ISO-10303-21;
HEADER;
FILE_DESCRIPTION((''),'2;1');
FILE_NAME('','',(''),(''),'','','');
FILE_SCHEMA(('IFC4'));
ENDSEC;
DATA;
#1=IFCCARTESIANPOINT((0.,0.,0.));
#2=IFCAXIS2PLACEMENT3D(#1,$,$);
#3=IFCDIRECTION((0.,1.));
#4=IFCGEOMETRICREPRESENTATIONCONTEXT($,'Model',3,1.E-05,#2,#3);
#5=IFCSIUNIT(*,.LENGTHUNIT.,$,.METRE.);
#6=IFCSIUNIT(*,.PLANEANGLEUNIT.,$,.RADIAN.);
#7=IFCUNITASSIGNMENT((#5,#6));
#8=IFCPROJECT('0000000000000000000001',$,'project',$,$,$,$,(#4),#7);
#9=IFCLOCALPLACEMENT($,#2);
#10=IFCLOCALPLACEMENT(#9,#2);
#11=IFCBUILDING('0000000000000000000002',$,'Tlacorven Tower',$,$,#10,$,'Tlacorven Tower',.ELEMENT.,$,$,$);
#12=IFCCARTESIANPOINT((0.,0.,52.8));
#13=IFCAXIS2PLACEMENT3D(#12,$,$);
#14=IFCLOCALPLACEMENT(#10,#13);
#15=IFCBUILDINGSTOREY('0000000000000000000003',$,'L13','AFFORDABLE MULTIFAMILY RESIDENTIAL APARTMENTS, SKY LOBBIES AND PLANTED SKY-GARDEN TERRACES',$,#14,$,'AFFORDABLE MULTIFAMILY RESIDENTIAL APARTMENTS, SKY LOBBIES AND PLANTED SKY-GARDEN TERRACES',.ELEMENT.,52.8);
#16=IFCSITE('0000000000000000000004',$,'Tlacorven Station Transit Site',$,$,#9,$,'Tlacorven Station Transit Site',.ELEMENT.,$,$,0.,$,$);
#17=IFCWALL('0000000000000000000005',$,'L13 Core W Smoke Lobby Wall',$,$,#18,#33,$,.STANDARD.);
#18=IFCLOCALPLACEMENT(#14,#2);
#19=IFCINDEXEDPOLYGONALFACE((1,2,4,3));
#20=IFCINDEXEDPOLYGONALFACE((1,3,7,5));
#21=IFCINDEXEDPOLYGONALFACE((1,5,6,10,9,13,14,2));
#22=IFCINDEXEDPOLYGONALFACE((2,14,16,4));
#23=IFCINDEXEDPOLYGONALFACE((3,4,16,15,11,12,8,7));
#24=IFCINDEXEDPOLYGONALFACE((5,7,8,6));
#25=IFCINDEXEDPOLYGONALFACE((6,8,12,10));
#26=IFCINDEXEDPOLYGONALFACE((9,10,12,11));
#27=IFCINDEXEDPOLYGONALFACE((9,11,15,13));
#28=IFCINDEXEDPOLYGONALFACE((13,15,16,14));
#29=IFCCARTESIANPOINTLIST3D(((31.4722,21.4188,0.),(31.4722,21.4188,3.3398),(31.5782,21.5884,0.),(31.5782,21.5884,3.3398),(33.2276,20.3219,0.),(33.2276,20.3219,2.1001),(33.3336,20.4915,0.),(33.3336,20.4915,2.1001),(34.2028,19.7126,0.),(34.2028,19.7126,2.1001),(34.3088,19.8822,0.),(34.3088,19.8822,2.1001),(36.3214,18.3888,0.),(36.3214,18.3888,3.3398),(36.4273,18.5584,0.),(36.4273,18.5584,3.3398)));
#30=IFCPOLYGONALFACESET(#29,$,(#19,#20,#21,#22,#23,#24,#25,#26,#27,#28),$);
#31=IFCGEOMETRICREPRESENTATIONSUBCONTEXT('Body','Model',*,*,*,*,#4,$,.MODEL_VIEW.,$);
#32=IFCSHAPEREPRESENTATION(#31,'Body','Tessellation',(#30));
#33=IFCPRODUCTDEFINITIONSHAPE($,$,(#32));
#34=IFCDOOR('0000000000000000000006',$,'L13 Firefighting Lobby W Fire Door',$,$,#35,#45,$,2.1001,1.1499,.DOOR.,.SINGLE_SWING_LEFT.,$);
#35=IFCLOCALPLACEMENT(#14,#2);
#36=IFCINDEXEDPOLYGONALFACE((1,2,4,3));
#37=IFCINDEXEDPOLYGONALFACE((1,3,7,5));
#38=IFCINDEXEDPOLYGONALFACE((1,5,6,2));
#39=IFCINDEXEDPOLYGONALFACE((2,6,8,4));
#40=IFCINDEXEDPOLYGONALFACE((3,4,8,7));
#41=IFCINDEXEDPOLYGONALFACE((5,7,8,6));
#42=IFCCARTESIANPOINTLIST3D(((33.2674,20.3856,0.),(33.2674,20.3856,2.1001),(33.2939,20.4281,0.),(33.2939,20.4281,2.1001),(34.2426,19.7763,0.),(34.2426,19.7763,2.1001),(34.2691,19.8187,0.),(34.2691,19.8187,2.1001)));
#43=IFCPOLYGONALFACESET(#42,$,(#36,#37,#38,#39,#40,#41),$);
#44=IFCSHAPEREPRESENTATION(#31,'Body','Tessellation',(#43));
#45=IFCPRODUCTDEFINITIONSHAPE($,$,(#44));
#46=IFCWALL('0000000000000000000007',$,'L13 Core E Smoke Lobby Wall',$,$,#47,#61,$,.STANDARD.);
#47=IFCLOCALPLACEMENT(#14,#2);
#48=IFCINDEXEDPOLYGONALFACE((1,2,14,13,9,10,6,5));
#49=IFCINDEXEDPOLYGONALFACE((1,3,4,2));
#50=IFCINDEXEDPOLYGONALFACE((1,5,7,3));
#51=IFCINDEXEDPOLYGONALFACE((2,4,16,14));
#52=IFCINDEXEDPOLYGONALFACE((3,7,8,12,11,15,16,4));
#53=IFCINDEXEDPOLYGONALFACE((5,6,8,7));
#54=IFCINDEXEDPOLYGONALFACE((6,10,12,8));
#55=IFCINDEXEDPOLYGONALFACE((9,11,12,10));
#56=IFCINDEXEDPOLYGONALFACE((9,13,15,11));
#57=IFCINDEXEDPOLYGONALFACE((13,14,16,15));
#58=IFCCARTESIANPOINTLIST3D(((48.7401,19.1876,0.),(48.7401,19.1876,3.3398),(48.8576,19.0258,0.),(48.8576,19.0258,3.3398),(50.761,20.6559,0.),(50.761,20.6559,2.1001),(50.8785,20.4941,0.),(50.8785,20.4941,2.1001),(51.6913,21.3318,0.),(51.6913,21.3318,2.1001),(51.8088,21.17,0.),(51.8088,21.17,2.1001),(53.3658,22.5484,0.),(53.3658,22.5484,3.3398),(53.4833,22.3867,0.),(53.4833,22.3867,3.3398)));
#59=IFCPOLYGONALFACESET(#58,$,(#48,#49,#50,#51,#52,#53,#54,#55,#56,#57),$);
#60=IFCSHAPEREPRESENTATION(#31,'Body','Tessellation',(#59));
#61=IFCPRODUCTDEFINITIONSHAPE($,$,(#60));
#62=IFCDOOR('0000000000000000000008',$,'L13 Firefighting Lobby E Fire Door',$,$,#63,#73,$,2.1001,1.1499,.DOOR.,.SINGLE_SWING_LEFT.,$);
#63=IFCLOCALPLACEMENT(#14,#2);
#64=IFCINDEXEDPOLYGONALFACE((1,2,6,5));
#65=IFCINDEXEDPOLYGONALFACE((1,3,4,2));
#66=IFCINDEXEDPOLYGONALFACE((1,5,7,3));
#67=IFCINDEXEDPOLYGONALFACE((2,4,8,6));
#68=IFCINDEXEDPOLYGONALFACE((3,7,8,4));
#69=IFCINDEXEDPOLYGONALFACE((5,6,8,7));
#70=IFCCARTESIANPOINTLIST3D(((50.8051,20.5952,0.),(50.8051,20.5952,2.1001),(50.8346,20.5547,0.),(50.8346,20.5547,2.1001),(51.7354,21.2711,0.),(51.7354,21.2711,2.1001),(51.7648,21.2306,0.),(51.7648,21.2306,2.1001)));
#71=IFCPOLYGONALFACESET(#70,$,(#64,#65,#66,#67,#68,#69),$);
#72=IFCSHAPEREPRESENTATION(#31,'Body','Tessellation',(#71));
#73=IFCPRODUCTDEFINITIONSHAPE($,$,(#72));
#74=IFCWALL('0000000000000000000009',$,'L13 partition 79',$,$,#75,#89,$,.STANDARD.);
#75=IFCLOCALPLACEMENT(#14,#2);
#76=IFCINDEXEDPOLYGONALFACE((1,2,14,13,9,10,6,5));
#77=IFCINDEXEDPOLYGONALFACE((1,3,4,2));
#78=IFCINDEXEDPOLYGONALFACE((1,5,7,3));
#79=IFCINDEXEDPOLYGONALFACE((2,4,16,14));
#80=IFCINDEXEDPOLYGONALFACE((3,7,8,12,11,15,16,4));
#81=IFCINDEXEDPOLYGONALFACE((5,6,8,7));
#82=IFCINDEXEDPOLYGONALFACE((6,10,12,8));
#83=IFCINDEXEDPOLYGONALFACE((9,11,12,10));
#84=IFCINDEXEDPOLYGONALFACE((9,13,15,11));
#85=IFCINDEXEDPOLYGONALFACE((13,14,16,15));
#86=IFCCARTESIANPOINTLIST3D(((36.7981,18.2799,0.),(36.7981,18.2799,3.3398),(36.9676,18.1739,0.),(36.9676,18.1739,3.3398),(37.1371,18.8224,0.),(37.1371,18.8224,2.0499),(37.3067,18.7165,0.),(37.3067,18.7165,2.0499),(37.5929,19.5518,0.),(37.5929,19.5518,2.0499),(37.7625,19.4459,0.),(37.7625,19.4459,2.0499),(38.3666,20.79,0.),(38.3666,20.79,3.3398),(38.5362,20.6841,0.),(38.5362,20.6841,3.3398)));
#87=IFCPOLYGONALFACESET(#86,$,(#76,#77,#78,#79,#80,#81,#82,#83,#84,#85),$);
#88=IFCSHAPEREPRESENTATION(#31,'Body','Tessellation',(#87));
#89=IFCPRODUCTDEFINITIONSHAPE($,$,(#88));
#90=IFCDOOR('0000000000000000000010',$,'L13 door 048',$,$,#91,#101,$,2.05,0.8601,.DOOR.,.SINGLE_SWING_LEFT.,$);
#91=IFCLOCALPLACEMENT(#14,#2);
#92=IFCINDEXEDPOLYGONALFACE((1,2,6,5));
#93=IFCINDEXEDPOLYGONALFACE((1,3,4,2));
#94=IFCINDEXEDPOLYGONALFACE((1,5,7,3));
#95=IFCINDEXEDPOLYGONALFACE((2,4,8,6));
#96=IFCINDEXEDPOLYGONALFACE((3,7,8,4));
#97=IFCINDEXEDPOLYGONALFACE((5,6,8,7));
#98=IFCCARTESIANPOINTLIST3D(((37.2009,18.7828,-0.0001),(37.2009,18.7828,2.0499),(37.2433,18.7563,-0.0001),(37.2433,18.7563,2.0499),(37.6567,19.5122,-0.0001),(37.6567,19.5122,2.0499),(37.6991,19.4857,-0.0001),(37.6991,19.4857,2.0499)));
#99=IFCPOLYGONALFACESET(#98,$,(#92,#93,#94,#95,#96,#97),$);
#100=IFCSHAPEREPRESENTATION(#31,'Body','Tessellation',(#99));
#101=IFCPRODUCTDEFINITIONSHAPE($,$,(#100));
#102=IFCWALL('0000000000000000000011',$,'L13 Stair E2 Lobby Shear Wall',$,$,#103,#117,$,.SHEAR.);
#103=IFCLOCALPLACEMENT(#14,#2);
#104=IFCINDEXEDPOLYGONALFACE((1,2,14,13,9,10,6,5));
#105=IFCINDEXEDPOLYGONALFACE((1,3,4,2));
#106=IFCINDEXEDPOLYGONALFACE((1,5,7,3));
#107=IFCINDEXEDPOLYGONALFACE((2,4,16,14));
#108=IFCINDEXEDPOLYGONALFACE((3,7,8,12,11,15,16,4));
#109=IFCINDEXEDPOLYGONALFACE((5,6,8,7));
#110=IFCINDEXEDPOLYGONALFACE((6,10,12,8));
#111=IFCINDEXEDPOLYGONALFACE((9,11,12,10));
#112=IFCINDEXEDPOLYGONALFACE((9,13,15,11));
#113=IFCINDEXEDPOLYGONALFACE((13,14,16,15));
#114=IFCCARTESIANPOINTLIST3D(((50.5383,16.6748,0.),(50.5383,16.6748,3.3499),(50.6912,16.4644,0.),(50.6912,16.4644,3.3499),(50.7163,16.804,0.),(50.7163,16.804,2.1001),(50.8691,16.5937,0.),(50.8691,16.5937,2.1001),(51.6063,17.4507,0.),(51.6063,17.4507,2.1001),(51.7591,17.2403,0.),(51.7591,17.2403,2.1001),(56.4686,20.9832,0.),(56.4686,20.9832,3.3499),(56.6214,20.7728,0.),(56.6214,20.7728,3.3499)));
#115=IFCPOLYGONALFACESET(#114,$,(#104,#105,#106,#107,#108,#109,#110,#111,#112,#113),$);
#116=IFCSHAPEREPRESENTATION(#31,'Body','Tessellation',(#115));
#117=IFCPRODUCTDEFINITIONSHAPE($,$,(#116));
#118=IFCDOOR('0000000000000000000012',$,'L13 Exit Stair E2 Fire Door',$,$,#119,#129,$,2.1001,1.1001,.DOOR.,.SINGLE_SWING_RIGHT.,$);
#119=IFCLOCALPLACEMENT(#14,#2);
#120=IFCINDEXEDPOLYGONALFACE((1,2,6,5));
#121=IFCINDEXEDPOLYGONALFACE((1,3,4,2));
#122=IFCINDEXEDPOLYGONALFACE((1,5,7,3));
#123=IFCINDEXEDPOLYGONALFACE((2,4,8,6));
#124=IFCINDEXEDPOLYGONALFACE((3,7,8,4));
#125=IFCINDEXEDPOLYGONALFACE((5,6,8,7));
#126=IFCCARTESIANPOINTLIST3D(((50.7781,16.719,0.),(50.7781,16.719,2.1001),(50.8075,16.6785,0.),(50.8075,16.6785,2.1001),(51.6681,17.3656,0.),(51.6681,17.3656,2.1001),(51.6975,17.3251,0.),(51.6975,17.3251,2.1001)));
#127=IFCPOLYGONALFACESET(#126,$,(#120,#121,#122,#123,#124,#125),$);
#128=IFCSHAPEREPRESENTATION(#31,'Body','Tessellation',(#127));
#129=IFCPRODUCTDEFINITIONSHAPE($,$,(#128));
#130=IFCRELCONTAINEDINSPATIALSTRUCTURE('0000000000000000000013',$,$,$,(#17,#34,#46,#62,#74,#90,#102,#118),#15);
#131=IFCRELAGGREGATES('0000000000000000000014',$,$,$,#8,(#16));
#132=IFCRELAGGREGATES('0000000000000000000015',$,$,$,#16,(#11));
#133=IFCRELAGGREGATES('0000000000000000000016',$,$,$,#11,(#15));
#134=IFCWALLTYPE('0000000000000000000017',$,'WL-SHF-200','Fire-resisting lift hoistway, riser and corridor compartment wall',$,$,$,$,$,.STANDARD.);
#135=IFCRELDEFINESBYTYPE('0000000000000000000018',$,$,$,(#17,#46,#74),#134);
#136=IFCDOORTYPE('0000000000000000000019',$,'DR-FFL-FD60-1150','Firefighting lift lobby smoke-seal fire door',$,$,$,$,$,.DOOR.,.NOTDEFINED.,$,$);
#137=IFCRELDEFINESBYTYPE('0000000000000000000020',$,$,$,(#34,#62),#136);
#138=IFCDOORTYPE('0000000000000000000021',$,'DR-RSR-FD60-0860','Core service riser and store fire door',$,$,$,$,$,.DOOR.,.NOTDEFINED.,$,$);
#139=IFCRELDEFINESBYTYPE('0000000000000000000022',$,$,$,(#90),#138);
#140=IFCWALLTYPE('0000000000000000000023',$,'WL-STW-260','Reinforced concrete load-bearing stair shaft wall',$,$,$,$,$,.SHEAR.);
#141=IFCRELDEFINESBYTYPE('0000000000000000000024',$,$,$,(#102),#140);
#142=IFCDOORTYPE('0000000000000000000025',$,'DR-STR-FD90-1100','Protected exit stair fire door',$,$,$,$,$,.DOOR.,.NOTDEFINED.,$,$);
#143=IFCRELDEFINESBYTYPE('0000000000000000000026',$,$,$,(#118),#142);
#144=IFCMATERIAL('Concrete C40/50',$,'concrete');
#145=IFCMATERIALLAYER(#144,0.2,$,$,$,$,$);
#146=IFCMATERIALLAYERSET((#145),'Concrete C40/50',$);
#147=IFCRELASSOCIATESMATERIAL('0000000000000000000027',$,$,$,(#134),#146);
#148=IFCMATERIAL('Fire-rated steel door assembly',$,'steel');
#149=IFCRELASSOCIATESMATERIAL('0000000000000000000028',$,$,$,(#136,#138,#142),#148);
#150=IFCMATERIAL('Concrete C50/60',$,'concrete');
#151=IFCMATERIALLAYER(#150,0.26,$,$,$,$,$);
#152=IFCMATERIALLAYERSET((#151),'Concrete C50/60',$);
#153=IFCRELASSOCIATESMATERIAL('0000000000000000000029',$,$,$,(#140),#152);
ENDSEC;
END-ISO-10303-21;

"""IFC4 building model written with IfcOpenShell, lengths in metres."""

from ifc_helpers import new_model, si_unit, direction, frame, frame_2d, origin, place, context, subcontext, project, spatial, rectangle, extrude, source, transform, mapped, material, layer, layer_set, type_object, element, fill, save


model = new_model("IFC4")

# Units and contexts
model_context = context("Model", 3, precision=1e-05, world=origin(), true_north=direction((0.0, 1.0)))
body_context = subcontext(model_context, "Body", "Model", "MODEL_VIEW")
ifc_project = project(units=[si_unit("LENGTHUNIT", "METRE"), si_unit("PLANEANGLEUNIT", "RADIAN")], contexts=[model_context])

# Site, building, storey
site_placement = place(None, origin())
site = spatial("IfcSite", under=ifc_project, at=site_placement, Name="Tlacorven Station Transit Site", LongName="Tlacorven Station Transit Site", CompositionType="ELEMENT", RefElevation=0.0)
building_placement = place(site_placement, origin())
building = spatial("IfcBuilding", under=site, at=building_placement, Name="Tlacorven Tower", LongName="Tlacorven Tower", CompositionType="ELEMENT")
storey_placement = place(building_placement, frame((0.0, 0.0, 52.8)))
storey = spatial("IfcBuildingStorey", under=building, at=storey_placement, Name="L13", Description="AFFORDABLE MULTIFAMILY RESIDENTIAL APARTMENTS, SKY LOBBIES AND PLANTED SKY-GARDEN TERRACES", LongName="AFFORDABLE MULTIFAMILY RESIDENTIAL APARTMENTS, SKY LOBBIES AND PLANTED SKY-GARDEN TERRACES", CompositionType="ELEMENT", Elevation=52.8)

# Shared definitions
ifc_material_1 = material(Name="Fire-rated steel door assembly", Category="steel")

# Shared definitions
ifc_material_2 = material(Name="Concrete C40/50", Category="concrete")
ifc_layer_1 = layer(ifc_material_2, 0.2)
ifc_layer_set_1 = layer_set([ifc_layer_1], Name="Concrete C40/50")
wall_type_1 = type_object("IfcWallType", Name="WL-SHF-200", Description="Fire-resisting lift hoistway, riser and corridor compartment wall", PredefinedType="STANDARD", material=ifc_layer_set_1)

# Walls, openings, doors
wall_1_placement = place(storey_placement, frame((36.3743, 18.4736, 0.0), z_axis=(0.0, 0.0, 1.0), x_axis=(-0.848051, 0.529915, 0.0)))
wall_1 = element("IfcWall", 1, at=wall_1_placement, inside=storey, type_object=wall_type_1, Name="L13 Core W Smoke Lobby Wall", PredefinedType="STANDARD", context=body_context, shape_type="SweptSolid", body=[
    extrude(rectangle(XDim=5.718, YDim=0.2, at=frame_2d((2.8589, 0.0))), origin(), (0.0, 0.0, 1.0), 3.3398),
])
opening_1_placement = place(wall_1_placement, frame((2.498, 0.0, 0.0)))
opening_1 = element("IfcOpeningElement", 2, at=opening_1_placement, cuts=wall_1, PredefinedType="OPENING", context=body_context, shape_type="SweptSolid", body=[
    extrude(rectangle(XDim=1.1499, YDim=2.1001, at=frame_2d((0.575, 1.05))), frame((0.0, 0.1099, 0.0), z_axis=(0.0, -1.0, 0.0), x_axis=(1.0, 0.0, 0.0)), (0.0, 0.0, 1.0), 0.22),
])
door_type_1 = type_object("IfcDoorType", Name="DR-FFL-FD60-1150", Description="Firefighting lift lobby smoke-seal fire door", OperationType="NOTDEFINED", PredefinedType="DOOR", material=ifc_material_1)
shared_shape_1 = source(origin(), body_context, "Body", "SweptSolid", [
    extrude(rectangle(XDim=1.1499, YDim=2.1001, at=frame_2d((0.575, 1.05))), frame((0.0, 0.0249, 0.0), z_axis=(0.0, -1.0, 0.0), x_axis=(1.0, 0.0, 0.0)), (0.0, 0.0, 1.0), 0.05),
])
door_1_placement = place(opening_1_placement, origin())
door_1 = element("IfcDoor", 3, at=door_1_placement, inside=storey, type_object=door_type_1, Name="L13 Firefighting Lobby W Fire Door", OperationType="SINGLE_SWING_LEFT", OverallHeight=2.1001, OverallWidth=1.1499, PredefinedType="DOOR", context=body_context, shape_type="MappedRepresentation", body=[
    mapped(shared_shape_1, transform((0.0, 0.0, 0.0), scale=1.0)),
])
fill(opening_1, door_1)
wall_2_placement = place(storey_placement, frame((48.7988, 19.1067, 0.0), z_axis=(0.0, 0.0, 1.0), x_axis=(0.809013, 0.587791, 0.0)))
wall_2 = element("IfcWall", 4, at=wall_2_placement, inside=storey, type_object=wall_type_1, Name="L13 Core E Smoke Lobby Wall", PredefinedType="STANDARD", context=body_context, shape_type="SweptSolid", body=[
    extrude(rectangle(XDim=5.7178, YDim=0.2, at=frame_2d((2.8589, 0.0))), origin(), (0.0, 0.0, 1.0), 3.3398),
])
opening_2_placement = place(wall_2_placement, frame((2.498, 0.0, 0.0)))
opening_2 = element("IfcOpeningElement", 5, at=opening_2_placement, cuts=wall_2, PredefinedType="OPENING", context=body_context, shape_type="SweptSolid", body=[
    extrude(rectangle(XDim=1.1499, YDim=2.1001, at=frame_2d((0.575, 1.05))), frame((0.0, 0.1099, 0.0), z_axis=(0.0, -1.0, 0.0), x_axis=(1.0, 0.0, 0.0)), (0.0, 0.0, 1.0), 0.22),
])
door_2_placement = place(opening_2_placement, origin())
door_2 = element("IfcDoor", 6, at=door_2_placement, inside=storey, type_object=door_type_1, Name="L13 Firefighting Lobby E Fire Door", OperationType="SINGLE_SWING_LEFT", OverallHeight=2.1001, OverallWidth=1.1499, PredefinedType="DOOR", context=body_context, shape_type="MappedRepresentation", body=[
    mapped(shared_shape_1, transform((0.0, 0.0, 0.0), scale=1.0)),
])
fill(opening_2, door_2)
wall_3_placement = place(storey_placement, frame((38.4514, 20.7371, 0.0), z_axis=(0.0, 0.0, 1.0), x_axis=(-0.529925, -0.848045, 0.0)))
wall_3 = element("IfcWall", 7, at=wall_3_placement, inside=storey, type_object=wall_type_1, Name="L13 partition 79", PredefinedType="STANDARD", context=body_context, shape_type="SweptSolid", body=[
    extrude(rectangle(XDim=2.96, YDim=0.2, at=frame_2d((1.48, 0.0))), origin(), (0.0, 0.0, 1.0), 3.3398),
])
opening_3_placement = place(wall_3_placement, frame((1.46, 0.0, 0.0)))
opening_3 = element("IfcOpeningElement", 8, at=opening_3_placement, cuts=wall_3, PredefinedType="OPENING", context=body_context, shape_type="SweptSolid", body=[
    extrude(rectangle(XDim=0.8601, YDim=2.05, at=frame_2d((0.4302, 1.0249))), frame((0.0, 0.1099, 0.0), z_axis=(0.0, -1.0, 0.0), x_axis=(1.0, 0.0, 0.0)), (0.0, 0.0, 1.0), 0.22),
])
door_type_2 = type_object("IfcDoorType", Name="DR-RSR-FD60-0860", Description="Core service riser and store fire door", OperationType="NOTDEFINED", PredefinedType="DOOR", material=ifc_material_1)
shared_shape_2 = source(origin(), body_context, "Body", "SweptSolid", [
    extrude(rectangle(XDim=0.8601, YDim=2.05, at=frame_2d((0.4302, 1.0249))), frame((0.0, 0.0249, 0.0), z_axis=(0.0, -1.0, 0.0), x_axis=(1.0, 0.0, 0.0)), (0.0, 0.0, 1.0), 0.05),
])
door_3_placement = place(opening_3_placement, frame((0.8601, 0.0, 0.0), z_axis=(0.0, 0.0, 1.0), x_axis=(-1.0, 0.0, 0.0)))
door_3 = element("IfcDoor", 9, at=door_3_placement, inside=storey, type_object=door_type_2, Name="L13 door 048", OperationType="SINGLE_SWING_LEFT", OverallHeight=2.05, OverallWidth=0.8601, PredefinedType="DOOR", context=body_context, shape_type="MappedRepresentation", body=[
    mapped(shared_shape_2, transform((0.0, 0.0, 0.0), scale=1.0)),
])
fill(opening_3, door_3)
ifc_material_3 = material(Name="Concrete C50/60", Category="concrete")
ifc_layer_2 = layer(ifc_material_3, 0.26)
ifc_layer_set_2 = layer_set([ifc_layer_2], Name="Concrete C50/60")
wall_type_2 = type_object("IfcWallType", Name="WL-STW-260", Description="Reinforced concrete load-bearing stair shaft wall", PredefinedType="SHEAR", material=ifc_layer_set_2)
wall_4_placement = place(storey_placement, frame((50.6147, 16.5696, 0.0), z_axis=(0.0, 0.0, 1.0), x_axis=(0.809028, 0.58777, 0.0)))
wall_4 = element("IfcWall", 10, at=wall_4_placement, inside=storey, type_object=wall_type_2, Name="L13 Stair E2 Lobby Shear Wall", PredefinedType="SHEAR", context=body_context, shape_type="SweptSolid", body=[
    extrude(rectangle(XDim=7.3301, YDim=0.26, at=frame_2d((3.665, 0.0))), origin(), (0.0, 0.0, 1.0), 3.3499),
])
opening_4_placement = place(wall_4_placement, frame((0.22, 0.0, 0.0)))
opening_4 = element("IfcOpeningElement", 11, at=opening_4_placement, cuts=wall_4, PredefinedType="OPENING", context=body_context, shape_type="SweptSolid", body=[
    extrude(rectangle(XDim=1.1001, YDim=2.1001, at=frame_2d((0.55, 1.05))), frame((0.0, 0.1401, 0.0), z_axis=(0.0, -1.0, 0.0), x_axis=(1.0, 0.0, 0.0)), (0.0, 0.0, 1.0), 0.28),
])
door_type_3 = type_object("IfcDoorType", Name="DR-STR-FD90-1100", Description="Protected exit stair fire door", OperationType="NOTDEFINED", PredefinedType="DOOR", material=ifc_material_1)
shared_shape_3 = source(origin(), body_context, "Body", "SweptSolid", [
    extrude(rectangle(XDim=1.1001, YDim=2.1001, at=frame_2d((0.55, 1.05))), frame((0.0, 0.0249, 0.0), z_axis=(0.0, -1.0, 0.0), x_axis=(1.0, 0.0, 0.0)), (0.0, 0.0, 1.0), 0.05),
])
door_4_placement = place(opening_4_placement, origin())
door_4 = element("IfcDoor", 12, at=door_4_placement, inside=storey, type_object=door_type_3, Name="L13 Exit Stair E2 Fire Door", OperationType="SINGLE_SWING_RIGHT", OverallHeight=2.1001, OverallWidth=1.1001, PredefinedType="DOOR", context=body_context, shape_type="MappedRepresentation", body=[
    mapped(shared_shape_3, transform((0.0, 0.0, 0.0), scale=1.0)),
])
fill(opening_4, door_4)

save(model, "model.ifc")
